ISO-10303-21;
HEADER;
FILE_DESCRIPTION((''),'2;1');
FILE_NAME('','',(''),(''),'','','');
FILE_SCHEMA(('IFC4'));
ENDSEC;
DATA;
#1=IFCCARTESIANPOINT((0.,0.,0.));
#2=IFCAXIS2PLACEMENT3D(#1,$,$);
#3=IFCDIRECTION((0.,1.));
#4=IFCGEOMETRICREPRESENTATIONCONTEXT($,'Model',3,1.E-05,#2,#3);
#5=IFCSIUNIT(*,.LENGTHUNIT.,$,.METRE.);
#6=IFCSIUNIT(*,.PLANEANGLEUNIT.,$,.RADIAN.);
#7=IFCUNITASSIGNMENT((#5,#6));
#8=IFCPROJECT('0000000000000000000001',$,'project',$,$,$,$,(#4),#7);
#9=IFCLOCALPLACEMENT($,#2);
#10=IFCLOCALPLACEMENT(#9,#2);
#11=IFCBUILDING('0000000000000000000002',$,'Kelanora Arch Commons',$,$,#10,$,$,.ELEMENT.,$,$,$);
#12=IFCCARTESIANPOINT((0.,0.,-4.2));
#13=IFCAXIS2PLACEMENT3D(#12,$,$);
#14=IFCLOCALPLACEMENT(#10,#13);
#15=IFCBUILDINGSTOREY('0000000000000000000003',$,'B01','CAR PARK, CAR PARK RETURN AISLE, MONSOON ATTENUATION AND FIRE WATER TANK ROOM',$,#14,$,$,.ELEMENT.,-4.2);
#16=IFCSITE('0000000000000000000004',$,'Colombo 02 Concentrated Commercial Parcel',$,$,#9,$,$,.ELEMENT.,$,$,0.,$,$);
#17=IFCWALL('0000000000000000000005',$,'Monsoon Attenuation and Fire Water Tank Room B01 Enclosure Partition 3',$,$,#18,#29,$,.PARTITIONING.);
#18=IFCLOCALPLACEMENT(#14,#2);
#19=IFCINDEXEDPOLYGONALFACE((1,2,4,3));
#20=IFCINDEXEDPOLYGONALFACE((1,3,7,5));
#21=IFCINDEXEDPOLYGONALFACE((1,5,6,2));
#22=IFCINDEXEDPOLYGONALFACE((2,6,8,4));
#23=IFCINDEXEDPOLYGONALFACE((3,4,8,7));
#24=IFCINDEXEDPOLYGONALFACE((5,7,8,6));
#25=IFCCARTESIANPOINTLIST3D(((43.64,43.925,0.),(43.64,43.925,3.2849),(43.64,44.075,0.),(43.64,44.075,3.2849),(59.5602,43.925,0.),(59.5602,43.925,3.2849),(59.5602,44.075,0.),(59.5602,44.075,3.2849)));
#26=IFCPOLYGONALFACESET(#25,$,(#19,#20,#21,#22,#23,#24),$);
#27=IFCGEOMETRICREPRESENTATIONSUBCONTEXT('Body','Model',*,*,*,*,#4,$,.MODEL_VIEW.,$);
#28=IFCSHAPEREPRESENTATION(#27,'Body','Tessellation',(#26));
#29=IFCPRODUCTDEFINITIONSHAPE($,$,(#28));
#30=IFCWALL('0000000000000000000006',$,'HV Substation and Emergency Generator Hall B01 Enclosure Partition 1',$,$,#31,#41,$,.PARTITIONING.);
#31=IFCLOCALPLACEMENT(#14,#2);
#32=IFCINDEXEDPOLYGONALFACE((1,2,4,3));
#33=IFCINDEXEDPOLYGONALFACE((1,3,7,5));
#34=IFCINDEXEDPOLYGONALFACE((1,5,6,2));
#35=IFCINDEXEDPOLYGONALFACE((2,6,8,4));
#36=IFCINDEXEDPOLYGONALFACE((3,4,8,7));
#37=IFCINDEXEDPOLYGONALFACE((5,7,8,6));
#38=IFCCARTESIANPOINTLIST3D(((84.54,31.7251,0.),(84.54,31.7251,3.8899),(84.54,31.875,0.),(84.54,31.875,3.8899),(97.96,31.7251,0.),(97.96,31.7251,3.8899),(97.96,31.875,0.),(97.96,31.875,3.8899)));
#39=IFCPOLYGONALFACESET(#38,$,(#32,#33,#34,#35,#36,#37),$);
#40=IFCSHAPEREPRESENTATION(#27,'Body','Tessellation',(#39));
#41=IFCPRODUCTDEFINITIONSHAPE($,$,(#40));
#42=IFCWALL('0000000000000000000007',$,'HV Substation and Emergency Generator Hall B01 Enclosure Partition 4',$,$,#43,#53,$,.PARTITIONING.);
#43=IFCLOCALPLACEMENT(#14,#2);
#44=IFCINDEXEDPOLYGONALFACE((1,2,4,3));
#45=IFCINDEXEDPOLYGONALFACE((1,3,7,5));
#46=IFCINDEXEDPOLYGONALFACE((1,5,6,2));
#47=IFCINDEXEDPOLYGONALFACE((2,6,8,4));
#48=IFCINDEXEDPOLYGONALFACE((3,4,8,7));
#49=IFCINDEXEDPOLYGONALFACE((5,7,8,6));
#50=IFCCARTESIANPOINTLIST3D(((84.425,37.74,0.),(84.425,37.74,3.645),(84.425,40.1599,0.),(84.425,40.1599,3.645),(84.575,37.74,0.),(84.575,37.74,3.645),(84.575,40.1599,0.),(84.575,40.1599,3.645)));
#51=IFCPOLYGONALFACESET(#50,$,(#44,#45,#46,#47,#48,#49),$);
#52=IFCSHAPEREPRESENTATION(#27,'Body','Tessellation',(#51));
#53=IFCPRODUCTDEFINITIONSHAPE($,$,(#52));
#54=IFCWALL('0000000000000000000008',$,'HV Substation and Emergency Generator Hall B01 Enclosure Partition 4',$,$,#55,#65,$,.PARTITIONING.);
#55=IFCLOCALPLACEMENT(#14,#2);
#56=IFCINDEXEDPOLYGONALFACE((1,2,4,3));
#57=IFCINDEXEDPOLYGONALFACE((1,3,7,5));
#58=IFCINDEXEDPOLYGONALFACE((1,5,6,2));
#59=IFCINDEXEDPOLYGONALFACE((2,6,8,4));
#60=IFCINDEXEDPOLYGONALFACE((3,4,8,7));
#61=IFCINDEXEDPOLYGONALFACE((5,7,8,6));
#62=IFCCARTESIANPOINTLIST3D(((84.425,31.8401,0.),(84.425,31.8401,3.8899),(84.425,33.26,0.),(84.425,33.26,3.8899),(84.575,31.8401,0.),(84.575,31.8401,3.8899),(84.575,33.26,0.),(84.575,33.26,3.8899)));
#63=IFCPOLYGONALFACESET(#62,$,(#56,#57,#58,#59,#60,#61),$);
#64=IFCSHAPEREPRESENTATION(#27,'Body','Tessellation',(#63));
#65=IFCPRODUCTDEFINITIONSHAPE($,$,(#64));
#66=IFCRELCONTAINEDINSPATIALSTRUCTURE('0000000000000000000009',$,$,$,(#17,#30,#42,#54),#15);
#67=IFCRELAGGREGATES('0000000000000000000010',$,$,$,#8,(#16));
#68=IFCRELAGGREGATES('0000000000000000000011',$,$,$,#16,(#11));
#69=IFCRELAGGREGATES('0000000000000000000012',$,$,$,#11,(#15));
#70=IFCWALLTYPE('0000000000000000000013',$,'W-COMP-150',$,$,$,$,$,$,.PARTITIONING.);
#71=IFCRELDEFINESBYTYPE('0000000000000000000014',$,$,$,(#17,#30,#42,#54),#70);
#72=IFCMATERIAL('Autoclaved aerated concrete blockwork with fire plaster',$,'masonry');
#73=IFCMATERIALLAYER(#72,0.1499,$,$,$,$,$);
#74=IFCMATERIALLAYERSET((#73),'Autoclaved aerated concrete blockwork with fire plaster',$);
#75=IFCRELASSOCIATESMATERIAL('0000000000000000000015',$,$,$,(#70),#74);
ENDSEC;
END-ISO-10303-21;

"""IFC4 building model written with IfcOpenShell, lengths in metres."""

from ifc_helpers import new_model, si_unit, direction, frame, frame_2d, origin, place, context, subcontext, project, spatial, rectangle, extrude, material, layer, layer_set, type_object, element, save


model = new_model("IFC4")

# Units and contexts
model_context = context("Model", 3, precision=1e-05, world=origin(), true_north=direction((0.0, 1.0)))
body_context = subcontext(model_context, "Body", "Model", "MODEL_VIEW")
ifc_project = project(units=[si_unit("LENGTHUNIT", "METRE"), si_unit("PLANEANGLEUNIT", "RADIAN")], contexts=[model_context])

# Site, building, storey
site_placement = place(None, origin())
site = spatial("IfcSite", under=ifc_project, at=site_placement, Name="Colombo 02 Concentrated Commercial Parcel", CompositionType="ELEMENT", RefElevation=0.0)
building_placement = place(site_placement, origin())
building = spatial("IfcBuilding", under=site, at=building_placement, Name="Kelanora Arch Commons", CompositionType="ELEMENT")
storey_placement = place(building_placement, frame((0.0, 0.0, -4.2)))
storey = spatial("IfcBuildingStorey", under=building, at=storey_placement, Name="B01", Description="CAR PARK, CAR PARK RETURN AISLE, MONSOON ATTENUATION AND FIRE WATER TANK ROOM", CompositionType="ELEMENT", Elevation=-4.2)

# Shared definitions
ifc_material_1 = material(Name="Autoclaved aerated concrete blockwork with fire plaster", Category="masonry")
ifc_layer = layer(ifc_material_1, 0.1499)
ifc_layer_set = layer_set([ifc_layer], Name="Autoclaved aerated concrete blockwork with fire plaster")
wall_type = type_object("IfcWallType", Name="W-COMP-150", PredefinedType="PARTITIONING", material=ifc_layer_set)

# Walls
wall_1_placement = place(storey_placement, frame((59.5601, 44.0, 0.0), z_axis=(0.0, 0.0, 1.0), x_axis=(-1.0, 0.0, 0.0)))
element("IfcWall", 1, at=wall_1_placement, inside=storey, type_object=wall_type, Name="Monsoon Attenuation and Fire Water Tank Room B01 Enclosure Partition 3", PredefinedType="PARTITIONING", context=body_context, shape_type="SweptSolid", body=[
    extrude(rectangle(XDim=15.9202, YDim=0.1499, at=frame_2d((7.96, 0.0))), origin(), (0.0, 0.0, 1.0), 3.2849),
])
wall_2_placement = place(storey_placement, frame((84.54, 31.8, 0.0), z_axis=(0.0, 0.0, 1.0), x_axis=(1.0, 0.0, 0.0)))
element("IfcWall", 2, at=wall_2_placement, inside=storey, type_object=wall_type, Name="HV Substation and Emergency Generator Hall B01 Enclosure Partition 1", PredefinedType="PARTITIONING", context=body_context, shape_type="SweptSolid", body=[
    extrude(rectangle(XDim=13.4199, YDim=0.1499, at=frame_2d((6.71, 0.0))), origin(), (0.0, 0.0, 1.0), 3.8899),
])
wall_3_placement = place(storey_placement, frame((84.5, 40.1599, 0.0), z_axis=(0.0, 0.0, 1.0), x_axis=(0.0, -1.0, 0.0)))
element("IfcWall", 3, at=wall_3_placement, inside=storey, type_object=wall_type, Name="HV Substation and Emergency Generator Hall B01 Enclosure Partition 4", PredefinedType="PARTITIONING", context=body_context, shape_type="SweptSolid", body=[
    extrude(rectangle(XDim=2.4199, YDim=0.1499, at=frame_2d((1.21, 0.0))), origin(), (0.0, 0.0, 1.0), 3.645),
])
wall_4_placement = place(storey_placement, frame((84.5, 33.26, 0.0), z_axis=(0.0, 0.0, 1.0), x_axis=(0.0, -1.0, 0.0)))
element("IfcWall", 4, at=wall_4_placement, inside=storey, type_object=wall_type, Name="HV Substation and Emergency Generator Hall B01 Enclosure Partition 4", PredefinedType="PARTITIONING", context=body_context, shape_type="SweptSolid", body=[
    extrude(rectangle(XDim=1.4199, YDim=0.1499, at=frame_2d((0.71, 0.0))), origin(), (0.0, 0.0, 1.0), 3.8899),
])

save(model, "model.ifc")
